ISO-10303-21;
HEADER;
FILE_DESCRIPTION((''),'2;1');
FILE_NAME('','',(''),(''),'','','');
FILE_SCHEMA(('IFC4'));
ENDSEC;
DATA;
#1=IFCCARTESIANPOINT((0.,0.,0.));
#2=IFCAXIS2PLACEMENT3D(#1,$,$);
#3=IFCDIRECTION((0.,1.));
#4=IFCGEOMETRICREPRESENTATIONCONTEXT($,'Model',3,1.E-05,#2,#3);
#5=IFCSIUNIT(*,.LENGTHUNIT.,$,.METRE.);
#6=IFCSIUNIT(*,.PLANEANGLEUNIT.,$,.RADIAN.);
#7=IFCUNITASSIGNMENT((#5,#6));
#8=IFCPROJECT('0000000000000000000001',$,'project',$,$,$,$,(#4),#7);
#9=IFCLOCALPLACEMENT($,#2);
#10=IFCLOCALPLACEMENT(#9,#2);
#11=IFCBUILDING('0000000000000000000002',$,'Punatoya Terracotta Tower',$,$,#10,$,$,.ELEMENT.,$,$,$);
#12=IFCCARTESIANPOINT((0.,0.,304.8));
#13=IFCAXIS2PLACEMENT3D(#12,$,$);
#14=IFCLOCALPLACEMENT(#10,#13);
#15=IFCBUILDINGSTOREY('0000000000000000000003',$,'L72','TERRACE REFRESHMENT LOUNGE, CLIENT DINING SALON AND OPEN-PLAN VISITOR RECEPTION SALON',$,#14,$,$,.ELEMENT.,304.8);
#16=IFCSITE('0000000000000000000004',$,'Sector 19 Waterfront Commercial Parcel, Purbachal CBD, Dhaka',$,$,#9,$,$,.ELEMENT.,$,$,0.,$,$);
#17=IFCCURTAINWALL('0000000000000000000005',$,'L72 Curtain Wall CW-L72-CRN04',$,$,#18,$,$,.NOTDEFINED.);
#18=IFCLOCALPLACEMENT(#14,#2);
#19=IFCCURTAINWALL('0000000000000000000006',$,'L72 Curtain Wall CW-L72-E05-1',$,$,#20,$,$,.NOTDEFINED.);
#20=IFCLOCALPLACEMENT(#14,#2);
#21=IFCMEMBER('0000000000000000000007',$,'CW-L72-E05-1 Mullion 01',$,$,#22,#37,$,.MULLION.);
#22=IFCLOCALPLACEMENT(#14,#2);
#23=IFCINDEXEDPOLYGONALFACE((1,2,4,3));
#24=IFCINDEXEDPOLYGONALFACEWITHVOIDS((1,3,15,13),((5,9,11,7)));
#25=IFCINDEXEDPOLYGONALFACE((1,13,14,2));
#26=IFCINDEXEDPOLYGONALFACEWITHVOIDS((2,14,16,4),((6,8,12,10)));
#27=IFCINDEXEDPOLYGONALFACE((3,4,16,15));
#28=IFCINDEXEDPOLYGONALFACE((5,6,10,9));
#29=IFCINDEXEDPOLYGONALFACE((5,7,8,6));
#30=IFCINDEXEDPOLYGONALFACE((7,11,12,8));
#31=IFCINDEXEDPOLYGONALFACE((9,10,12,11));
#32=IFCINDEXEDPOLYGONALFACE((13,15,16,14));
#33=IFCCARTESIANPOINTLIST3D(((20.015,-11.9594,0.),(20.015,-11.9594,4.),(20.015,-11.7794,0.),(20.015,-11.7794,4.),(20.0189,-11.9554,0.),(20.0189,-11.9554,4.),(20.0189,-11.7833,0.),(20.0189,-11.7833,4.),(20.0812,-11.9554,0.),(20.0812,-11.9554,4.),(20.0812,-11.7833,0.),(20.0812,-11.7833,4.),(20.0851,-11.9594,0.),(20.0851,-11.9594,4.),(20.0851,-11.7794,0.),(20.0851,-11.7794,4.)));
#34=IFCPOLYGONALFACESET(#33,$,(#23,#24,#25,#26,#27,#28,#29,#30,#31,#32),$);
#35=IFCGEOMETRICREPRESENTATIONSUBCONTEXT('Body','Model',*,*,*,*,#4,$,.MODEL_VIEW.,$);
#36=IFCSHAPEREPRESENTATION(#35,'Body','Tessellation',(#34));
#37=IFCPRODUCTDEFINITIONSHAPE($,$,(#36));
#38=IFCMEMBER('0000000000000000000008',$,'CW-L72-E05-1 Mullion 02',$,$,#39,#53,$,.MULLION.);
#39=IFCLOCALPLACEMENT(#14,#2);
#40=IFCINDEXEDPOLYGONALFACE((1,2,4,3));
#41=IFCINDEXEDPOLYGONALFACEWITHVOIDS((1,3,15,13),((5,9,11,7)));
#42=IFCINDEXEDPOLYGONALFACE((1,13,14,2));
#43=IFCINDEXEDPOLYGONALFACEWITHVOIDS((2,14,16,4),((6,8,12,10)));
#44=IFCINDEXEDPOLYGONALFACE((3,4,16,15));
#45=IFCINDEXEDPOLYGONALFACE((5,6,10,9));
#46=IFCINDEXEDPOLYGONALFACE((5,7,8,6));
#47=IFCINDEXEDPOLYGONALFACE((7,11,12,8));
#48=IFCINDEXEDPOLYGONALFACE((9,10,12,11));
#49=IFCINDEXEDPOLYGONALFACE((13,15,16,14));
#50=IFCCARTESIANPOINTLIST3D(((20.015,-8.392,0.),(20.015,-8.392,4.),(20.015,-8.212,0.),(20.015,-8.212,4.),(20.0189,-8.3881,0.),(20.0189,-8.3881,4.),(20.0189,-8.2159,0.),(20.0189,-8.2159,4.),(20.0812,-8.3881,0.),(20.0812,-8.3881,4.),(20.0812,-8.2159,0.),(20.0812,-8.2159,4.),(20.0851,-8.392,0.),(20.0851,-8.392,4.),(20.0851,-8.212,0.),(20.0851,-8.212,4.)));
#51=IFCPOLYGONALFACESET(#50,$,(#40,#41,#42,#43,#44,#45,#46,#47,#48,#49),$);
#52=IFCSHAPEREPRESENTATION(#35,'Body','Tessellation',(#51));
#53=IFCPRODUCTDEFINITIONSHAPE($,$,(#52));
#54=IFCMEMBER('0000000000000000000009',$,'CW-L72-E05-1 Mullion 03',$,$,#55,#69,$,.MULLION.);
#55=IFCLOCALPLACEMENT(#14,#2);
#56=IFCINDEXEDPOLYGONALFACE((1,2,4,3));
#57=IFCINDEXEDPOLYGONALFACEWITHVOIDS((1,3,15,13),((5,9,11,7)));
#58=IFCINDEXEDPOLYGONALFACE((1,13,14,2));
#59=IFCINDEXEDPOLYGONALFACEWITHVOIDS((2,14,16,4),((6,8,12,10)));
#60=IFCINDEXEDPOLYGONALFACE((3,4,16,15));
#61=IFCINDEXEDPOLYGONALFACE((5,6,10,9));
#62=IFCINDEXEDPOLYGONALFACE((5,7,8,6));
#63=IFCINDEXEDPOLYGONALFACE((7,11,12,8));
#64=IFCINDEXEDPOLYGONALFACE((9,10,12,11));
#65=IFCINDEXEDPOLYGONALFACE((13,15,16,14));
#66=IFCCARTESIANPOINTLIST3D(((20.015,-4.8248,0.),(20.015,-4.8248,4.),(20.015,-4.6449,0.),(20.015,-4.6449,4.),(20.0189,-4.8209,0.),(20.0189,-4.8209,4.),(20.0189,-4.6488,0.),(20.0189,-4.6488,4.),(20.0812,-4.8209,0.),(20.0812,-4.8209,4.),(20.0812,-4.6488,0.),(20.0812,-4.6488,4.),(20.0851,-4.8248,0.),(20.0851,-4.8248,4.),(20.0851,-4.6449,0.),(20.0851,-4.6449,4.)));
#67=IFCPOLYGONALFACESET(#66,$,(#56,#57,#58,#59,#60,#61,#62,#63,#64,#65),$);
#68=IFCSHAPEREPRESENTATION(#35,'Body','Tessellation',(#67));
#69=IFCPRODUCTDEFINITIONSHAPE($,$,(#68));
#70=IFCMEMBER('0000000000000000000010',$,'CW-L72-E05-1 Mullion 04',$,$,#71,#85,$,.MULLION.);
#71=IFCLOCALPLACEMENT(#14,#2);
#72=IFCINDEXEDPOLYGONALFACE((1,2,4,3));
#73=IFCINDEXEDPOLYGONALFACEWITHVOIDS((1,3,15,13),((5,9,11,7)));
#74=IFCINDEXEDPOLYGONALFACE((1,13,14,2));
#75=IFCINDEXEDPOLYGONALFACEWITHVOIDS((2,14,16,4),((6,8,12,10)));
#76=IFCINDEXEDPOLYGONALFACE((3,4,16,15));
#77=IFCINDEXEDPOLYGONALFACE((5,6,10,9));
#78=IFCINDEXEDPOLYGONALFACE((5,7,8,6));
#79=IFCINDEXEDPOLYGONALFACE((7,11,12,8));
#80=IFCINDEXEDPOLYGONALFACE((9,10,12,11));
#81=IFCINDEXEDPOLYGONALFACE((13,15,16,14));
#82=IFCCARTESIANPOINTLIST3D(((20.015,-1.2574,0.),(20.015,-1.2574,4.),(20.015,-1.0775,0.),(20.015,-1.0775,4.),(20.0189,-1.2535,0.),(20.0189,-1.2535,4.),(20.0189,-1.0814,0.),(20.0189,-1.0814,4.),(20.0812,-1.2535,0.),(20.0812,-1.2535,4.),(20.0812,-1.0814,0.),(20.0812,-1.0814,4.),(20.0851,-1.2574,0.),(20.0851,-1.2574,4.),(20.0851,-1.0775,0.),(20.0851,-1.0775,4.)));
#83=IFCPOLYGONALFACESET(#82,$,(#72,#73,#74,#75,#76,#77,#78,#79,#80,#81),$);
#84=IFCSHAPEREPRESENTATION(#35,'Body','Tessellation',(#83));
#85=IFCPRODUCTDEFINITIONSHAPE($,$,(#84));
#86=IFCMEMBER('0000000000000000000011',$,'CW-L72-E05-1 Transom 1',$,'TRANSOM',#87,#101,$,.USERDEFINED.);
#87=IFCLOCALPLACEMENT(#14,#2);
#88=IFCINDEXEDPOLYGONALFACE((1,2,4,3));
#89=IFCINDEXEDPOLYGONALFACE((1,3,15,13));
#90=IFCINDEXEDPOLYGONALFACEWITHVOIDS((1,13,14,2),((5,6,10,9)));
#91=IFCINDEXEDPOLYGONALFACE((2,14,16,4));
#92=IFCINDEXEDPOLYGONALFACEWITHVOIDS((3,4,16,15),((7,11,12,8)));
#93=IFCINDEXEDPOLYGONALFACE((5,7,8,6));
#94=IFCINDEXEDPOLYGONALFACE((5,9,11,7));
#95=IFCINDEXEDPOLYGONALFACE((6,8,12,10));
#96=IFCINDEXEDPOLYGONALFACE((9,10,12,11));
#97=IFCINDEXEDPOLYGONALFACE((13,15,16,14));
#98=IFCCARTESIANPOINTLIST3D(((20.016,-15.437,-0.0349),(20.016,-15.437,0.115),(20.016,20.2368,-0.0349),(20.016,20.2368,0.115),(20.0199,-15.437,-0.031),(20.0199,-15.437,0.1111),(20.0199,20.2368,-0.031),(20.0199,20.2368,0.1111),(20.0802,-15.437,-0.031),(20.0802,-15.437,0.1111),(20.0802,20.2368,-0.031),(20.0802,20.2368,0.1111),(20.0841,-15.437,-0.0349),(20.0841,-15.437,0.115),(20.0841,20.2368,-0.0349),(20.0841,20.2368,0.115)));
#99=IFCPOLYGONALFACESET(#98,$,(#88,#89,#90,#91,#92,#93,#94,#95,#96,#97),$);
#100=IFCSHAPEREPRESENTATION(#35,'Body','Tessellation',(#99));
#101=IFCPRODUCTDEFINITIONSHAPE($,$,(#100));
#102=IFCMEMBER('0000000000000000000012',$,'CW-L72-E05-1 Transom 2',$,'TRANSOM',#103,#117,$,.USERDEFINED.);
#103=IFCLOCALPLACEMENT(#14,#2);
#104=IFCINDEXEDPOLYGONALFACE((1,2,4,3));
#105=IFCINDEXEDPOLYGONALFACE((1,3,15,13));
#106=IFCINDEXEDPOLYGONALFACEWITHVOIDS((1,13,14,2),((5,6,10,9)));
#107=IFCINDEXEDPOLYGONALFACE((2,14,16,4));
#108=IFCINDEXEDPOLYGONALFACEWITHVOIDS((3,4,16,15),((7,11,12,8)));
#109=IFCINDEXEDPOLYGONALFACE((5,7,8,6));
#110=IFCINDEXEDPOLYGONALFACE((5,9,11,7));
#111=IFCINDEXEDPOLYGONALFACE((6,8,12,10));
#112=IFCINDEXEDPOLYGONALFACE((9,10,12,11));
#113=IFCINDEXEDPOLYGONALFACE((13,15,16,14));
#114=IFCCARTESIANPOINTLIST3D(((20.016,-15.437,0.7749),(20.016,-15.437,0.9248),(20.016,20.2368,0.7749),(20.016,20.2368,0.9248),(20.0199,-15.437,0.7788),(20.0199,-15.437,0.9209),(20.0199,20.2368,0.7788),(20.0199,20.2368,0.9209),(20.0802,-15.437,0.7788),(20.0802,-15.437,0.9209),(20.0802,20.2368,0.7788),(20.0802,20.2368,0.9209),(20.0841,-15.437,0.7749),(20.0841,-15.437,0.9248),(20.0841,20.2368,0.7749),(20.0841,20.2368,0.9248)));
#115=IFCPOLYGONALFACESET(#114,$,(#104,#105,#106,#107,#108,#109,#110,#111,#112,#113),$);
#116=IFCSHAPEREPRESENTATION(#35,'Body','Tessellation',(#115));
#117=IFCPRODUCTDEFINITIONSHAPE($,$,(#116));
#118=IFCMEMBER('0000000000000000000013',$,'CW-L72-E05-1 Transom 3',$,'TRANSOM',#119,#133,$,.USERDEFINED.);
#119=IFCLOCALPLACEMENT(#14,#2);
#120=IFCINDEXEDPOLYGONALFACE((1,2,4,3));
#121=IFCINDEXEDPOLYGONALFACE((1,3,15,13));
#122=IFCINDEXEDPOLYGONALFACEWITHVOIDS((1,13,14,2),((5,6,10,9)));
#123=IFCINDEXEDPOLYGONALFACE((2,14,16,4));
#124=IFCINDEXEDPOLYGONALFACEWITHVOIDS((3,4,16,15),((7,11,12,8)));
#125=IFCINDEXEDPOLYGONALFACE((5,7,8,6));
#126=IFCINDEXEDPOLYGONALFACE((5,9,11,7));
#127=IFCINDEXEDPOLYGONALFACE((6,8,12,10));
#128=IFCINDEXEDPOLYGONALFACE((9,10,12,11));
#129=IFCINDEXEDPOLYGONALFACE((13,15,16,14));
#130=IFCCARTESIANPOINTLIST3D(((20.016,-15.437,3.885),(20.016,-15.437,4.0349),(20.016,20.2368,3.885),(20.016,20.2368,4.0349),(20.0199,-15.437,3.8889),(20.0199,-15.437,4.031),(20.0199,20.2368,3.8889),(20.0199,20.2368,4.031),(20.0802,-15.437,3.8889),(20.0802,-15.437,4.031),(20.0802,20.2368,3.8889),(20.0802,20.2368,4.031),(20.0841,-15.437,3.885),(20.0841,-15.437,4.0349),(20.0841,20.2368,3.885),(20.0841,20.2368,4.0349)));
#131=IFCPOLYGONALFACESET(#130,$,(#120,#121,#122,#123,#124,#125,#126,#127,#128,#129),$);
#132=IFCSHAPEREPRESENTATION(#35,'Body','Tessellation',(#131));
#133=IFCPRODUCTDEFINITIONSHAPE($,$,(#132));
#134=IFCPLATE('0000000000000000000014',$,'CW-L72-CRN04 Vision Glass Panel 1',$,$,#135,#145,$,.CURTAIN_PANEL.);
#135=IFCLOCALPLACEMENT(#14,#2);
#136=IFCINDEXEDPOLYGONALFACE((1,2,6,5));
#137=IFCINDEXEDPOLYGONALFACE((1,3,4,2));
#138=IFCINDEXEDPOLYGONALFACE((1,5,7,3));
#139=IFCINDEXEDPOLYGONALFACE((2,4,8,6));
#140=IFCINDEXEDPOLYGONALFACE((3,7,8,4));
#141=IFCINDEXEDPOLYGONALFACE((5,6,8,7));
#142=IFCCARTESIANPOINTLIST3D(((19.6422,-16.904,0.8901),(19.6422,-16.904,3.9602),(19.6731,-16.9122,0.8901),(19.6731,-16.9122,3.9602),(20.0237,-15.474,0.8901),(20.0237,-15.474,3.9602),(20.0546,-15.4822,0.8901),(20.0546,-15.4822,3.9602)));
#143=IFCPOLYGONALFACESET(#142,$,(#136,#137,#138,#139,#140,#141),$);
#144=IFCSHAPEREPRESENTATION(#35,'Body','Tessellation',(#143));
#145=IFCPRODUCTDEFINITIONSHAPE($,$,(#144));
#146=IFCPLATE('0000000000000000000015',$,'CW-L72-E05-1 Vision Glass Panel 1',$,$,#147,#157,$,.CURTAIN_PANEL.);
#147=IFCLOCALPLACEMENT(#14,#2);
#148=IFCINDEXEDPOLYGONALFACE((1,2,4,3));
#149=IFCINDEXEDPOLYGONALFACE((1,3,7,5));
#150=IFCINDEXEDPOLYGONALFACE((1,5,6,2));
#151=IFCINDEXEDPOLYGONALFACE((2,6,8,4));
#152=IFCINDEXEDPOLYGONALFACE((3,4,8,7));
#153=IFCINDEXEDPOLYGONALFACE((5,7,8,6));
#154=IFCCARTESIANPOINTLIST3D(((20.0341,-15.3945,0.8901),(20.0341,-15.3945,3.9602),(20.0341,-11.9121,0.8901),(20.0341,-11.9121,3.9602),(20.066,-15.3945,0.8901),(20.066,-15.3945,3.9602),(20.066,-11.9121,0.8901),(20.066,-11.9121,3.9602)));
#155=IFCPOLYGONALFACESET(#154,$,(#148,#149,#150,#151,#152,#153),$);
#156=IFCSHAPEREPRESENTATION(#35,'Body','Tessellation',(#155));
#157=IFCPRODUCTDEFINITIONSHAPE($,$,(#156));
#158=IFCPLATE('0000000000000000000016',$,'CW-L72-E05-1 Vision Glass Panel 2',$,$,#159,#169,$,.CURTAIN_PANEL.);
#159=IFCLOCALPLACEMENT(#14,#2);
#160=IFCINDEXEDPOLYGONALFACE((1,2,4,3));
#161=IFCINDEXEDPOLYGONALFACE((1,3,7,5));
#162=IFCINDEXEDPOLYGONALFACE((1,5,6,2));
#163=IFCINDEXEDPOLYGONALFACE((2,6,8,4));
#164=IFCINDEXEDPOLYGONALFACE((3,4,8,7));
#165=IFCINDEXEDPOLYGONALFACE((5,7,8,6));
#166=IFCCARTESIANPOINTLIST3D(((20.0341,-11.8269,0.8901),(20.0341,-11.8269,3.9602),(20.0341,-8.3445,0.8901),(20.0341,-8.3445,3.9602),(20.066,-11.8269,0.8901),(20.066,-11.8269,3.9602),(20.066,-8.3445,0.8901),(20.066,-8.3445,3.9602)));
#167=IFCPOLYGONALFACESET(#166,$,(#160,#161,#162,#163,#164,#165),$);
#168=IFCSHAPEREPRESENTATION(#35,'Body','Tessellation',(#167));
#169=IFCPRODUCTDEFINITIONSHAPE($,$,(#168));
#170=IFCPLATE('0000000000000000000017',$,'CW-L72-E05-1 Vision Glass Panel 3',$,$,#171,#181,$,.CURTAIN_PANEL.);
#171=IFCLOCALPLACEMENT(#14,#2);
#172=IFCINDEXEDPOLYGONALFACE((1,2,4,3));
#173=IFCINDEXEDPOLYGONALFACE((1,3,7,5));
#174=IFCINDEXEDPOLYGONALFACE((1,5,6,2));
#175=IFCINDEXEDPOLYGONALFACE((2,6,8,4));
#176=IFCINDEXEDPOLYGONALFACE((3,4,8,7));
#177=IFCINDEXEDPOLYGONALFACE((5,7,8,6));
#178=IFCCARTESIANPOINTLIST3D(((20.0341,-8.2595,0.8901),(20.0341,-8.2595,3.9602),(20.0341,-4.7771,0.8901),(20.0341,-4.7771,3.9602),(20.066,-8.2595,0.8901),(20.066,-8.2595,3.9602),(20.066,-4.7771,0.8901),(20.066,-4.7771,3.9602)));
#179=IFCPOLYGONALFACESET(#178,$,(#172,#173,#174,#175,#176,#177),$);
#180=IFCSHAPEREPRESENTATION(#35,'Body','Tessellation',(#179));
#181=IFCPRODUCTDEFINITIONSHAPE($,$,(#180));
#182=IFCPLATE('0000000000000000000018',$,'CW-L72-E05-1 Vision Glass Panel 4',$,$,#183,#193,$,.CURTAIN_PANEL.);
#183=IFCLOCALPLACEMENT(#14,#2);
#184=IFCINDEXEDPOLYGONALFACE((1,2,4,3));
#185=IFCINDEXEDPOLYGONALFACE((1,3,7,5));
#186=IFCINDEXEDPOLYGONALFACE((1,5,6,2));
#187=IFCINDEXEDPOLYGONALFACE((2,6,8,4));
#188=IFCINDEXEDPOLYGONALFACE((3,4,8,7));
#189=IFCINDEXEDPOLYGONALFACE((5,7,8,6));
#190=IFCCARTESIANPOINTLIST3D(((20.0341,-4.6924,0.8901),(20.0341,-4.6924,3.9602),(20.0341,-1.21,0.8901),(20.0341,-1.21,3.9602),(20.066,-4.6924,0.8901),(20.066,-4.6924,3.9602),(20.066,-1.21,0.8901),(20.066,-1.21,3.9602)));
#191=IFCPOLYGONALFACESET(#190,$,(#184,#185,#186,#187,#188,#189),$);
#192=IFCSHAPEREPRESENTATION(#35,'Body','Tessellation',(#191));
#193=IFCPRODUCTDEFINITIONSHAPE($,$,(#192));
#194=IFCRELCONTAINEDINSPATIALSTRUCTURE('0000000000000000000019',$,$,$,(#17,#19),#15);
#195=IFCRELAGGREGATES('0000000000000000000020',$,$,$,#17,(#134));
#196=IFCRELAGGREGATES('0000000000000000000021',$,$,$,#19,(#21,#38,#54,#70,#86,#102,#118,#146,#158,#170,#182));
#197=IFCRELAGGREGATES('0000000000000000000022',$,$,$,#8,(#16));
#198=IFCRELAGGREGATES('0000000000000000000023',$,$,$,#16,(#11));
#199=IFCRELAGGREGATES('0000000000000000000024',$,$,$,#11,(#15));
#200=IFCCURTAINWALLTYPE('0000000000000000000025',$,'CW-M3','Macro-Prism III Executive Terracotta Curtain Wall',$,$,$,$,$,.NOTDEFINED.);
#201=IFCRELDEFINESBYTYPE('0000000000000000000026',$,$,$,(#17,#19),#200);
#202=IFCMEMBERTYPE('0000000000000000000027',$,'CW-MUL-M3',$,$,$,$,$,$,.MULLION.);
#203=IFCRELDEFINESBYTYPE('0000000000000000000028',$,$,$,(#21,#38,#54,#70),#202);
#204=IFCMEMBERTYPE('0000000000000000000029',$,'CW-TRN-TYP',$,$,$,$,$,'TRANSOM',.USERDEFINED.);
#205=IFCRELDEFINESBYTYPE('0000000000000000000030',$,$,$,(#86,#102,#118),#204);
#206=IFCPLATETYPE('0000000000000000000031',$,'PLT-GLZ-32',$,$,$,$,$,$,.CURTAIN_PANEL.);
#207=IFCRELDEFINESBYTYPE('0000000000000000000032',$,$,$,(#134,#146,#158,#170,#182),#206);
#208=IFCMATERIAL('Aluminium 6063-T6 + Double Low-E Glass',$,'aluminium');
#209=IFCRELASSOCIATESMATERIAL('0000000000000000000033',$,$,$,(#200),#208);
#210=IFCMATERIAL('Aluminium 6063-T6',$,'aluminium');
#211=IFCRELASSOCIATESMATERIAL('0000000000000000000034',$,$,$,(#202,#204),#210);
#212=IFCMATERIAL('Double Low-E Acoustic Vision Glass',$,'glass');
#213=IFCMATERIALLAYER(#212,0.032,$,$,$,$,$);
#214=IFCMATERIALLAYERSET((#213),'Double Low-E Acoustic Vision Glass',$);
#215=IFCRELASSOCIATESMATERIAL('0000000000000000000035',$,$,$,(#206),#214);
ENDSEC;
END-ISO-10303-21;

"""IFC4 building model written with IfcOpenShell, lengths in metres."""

from ifc_helpers import new_model, si_unit, direction, frame, origin, origin_2d, place, context, subcontext, project, spatial, rectangle, hollow_rectangle, extrude, material, layer, layer_set, material_profile, profile_set, type_object, element, aggregate, save


model = new_model("IFC4")

# Units and contexts
model_context = context("Model", 3, precision=1e-05, world=origin(), true_north=direction((0.0, 1.0)))
body_context = subcontext(model_context, "Body", "Model", "MODEL_VIEW")
ifc_project = project(units=[si_unit("LENGTHUNIT", "METRE"), si_unit("PLANEANGLEUNIT", "RADIAN")], contexts=[model_context])

# Site, building, storey
site_placement = place(None, origin())
site = spatial("IfcSite", under=ifc_project, at=site_placement, Name="Sector 19 Waterfront Commercial Parcel, Purbachal CBD, Dhaka", CompositionType="ELEMENT", RefElevation=0.0)
building_placement = place(site_placement, origin())
building = spatial("IfcBuilding", under=site, at=building_placement, Name="Punatoya Terracotta Tower", CompositionType="ELEMENT")
storey_placement = place(building_placement, frame((0.0, 0.0, 304.8)))
storey = spatial("IfcBuildingStorey", under=building, at=storey_placement, Name="L72", Description="TERRACE REFRESHMENT LOUNGE, CLIENT DINING SALON AND OPEN-PLAN VISITOR RECEPTION SALON", CompositionType="ELEMENT", Elevation=304.8)

# Curtain wall
ifc_material_1 = material(Name="Aluminium 6063-T6 + Double Low-E Glass", Category="aluminium")
curtain_wall_type = type_object("IfcCurtainWallType", Name="CW-M3", Description="Macro-Prism III Executive Terracotta Curtain Wall", PredefinedType="NOTDEFINED", material=ifc_material_1)
curtain_wall_1_placement = place(storey_placement, origin())
curtain_wall_1 = element("IfcCurtainWall", 1, at=curtain_wall_1_placement, inside=storey, type_object=curtain_wall_type, Name="L72 Curtain Wall CW-L72-CRN04", PredefinedType="NOTDEFINED")
ifc_material_2 = material(Name="Aluminium 6063-T6", Category="aluminium")
ifc_material_profile_1 = material_profile(ifc_material_2, hollow_rectangle(XDim=0.0701, YDim=0.1799, WallThickness=0.0039, at=origin_2d()))
ifc_profile_set_1 = profile_set([ifc_material_profile_1], Name="Aluminium 6063-T6")
member_type_1 = type_object("IfcMemberType", Name="CW-MUL-M3", PredefinedType="MULLION", material=ifc_profile_set_1)

# Curtain wall, members
curtain_wall_2_placement = place(storey_placement, origin())
curtain_wall_2 = element("IfcCurtainWall", 2, at=curtain_wall_2_placement, inside=storey, type_object=curtain_wall_type, Name="L72 Curtain Wall CW-L72-E05-1", PredefinedType="NOTDEFINED")
member_1_placement = place(storey_placement, frame((20.05, -11.8694, 0.0), z_axis=(0.0, 0.0, 1.0), x_axis=(1.0, 0.0, 0.0)))
member_1 = element("IfcMember", 3, at=member_1_placement, type_object=member_type_1, Name="CW-L72-E05-1 Mullion 01", PredefinedType="MULLION", context=body_context, shape_type="SweptSolid", body=[
    extrude(hollow_rectangle(XDim=0.0701, YDim=0.1799, WallThickness=0.0039, at=origin_2d()), origin(), (0.0, 0.0, 1.0), 4.0),
])
member_2_placement = place(storey_placement, frame((20.05, -8.302, 0.0), z_axis=(0.0, 0.0, 1.0), x_axis=(1.0, 0.0, 0.0)))
member_2 = element("IfcMember", 4, at=member_2_placement, type_object=member_type_1, Name="CW-L72-E05-1 Mullion 02", PredefinedType="MULLION", context=body_context, shape_type="SweptSolid", body=[
    extrude(hollow_rectangle(XDim=0.0701, YDim=0.1799, WallThickness=0.0039, at=origin_2d()), origin(), (0.0, 0.0, 1.0), 4.0),
])
member_3_placement = place(storey_placement, frame((20.05, -4.7349, 0.0), z_axis=(0.0, 0.0, 1.0), x_axis=(1.0, 0.0, 0.0)))
member_3 = element("IfcMember", 5, at=member_3_placement, type_object=member_type_1, Name="CW-L72-E05-1 Mullion 03", PredefinedType="MULLION", context=body_context, shape_type="SweptSolid", body=[
    extrude(hollow_rectangle(XDim=0.0701, YDim=0.1799, WallThickness=0.0039, at=origin_2d()), origin(), (0.0, 0.0, 1.0), 4.0),
])
member_4_placement = place(storey_placement, frame((20.05, -1.1675, 0.0), z_axis=(0.0, 0.0, 1.0), x_axis=(1.0, 0.0, 0.0)))
member_4 = element("IfcMember", 6, at=member_4_placement, type_object=member_type_1, Name="CW-L72-E05-1 Mullion 04", PredefinedType="MULLION", context=body_context, shape_type="SweptSolid", body=[
    extrude(hollow_rectangle(XDim=0.0701, YDim=0.1799, WallThickness=0.0039, at=origin_2d()), origin(), (0.0, 0.0, 1.0), 4.0),
])
ifc_material_profile_2 = material_profile(ifc_material_2, hollow_rectangle(XDim=0.0681, YDim=0.1499, WallThickness=0.0039, at=origin_2d()))
ifc_profile_set_2 = profile_set([ifc_material_profile_2], Name="Aluminium 6063-T6")
member_type_2 = type_object("IfcMemberType", Name="CW-TRN-TYP", ElementType="TRANSOM", PredefinedType="USERDEFINED", material=ifc_profile_set_2)
member_5_placement = place(storey_placement, frame((20.05, -15.437, 0.04), z_axis=(0.0, 1.0, 0.0), x_axis=(-1.0, 0.0, 0.0)))
member_5 = element("IfcMember", 7, at=member_5_placement, type_object=member_type_2, Name="CW-L72-E05-1 Transom 1", ObjectType="TRANSOM", PredefinedType="USERDEFINED", context=body_context, shape_type="SweptSolid", body=[
    extrude(hollow_rectangle(XDim=0.0681, YDim=0.1499, WallThickness=0.0039, at=origin_2d()), origin(), (0.0, 0.0, 1.0), 35.6738),
])
member_6_placement = place(storey_placement, frame((20.05, -15.437, 0.8499), z_axis=(0.0, 1.0, 0.0), x_axis=(-1.0, 0.0, 0.0)))
member_6 = element("IfcMember", 8, at=member_6_placement, type_object=member_type_2, Name="CW-L72-E05-1 Transom 2", ObjectType="TRANSOM", PredefinedType="USERDEFINED", context=body_context, shape_type="SweptSolid", body=[
    extrude(hollow_rectangle(XDim=0.0681, YDim=0.1499, WallThickness=0.0039, at=origin_2d()), origin(), (0.0, 0.0, 1.0), 35.6738),
])
member_7_placement = place(storey_placement, frame((20.05, -15.437, 3.96), z_axis=(0.0, 1.0, 0.0), x_axis=(-1.0, 0.0, 0.0)))
member_7 = element("IfcMember", 9, at=member_7_placement, type_object=member_type_2, Name="CW-L72-E05-1 Transom 3", ObjectType="TRANSOM", PredefinedType="USERDEFINED", context=body_context, shape_type="SweptSolid", body=[
    extrude(hollow_rectangle(XDim=0.0681, YDim=0.1499, WallThickness=0.0039, at=origin_2d()), origin(), (0.0, 0.0, 1.0), 35.6738),
])

# Plates
ifc_material_3 = material(Name="Double Low-E Acoustic Vision Glass", Category="glass")
ifc_layer_1 = layer(ifc_material_3, 0.032)
ifc_layer_set_1 = layer_set([ifc_layer_1], Name="Double Low-E Acoustic Vision Glass")
plate_type_1 = type_object("IfcPlateType", Name="PLT-GLZ-32", PredefinedType="CURTAIN_PANEL", material=ifc_layer_set_1)
plate_1_placement = place(storey_placement, frame((19.8484, -16.1931, 0.8901), z_axis=(0.0, 0.0, 1.0), x_axis=(0.257742, 0.966214, 0.0)))
plate_1 = element("IfcPlate", 10, at=plate_1_placement, type_object=plate_type_1, Name="CW-L72-CRN04 Vision Glass Panel 1", PredefinedType="CURTAIN_PANEL", context=body_context, shape_type="SweptSolid", body=[
    extrude(rectangle(XDim=1.48, YDim=0.032, at=origin_2d()), origin(), (0.0, 0.0, 1.0), 3.0701),
])
aggregate(curtain_wall_1, [plate_1])
plate_2_placement = place(storey_placement, frame((20.05, -13.6533, 0.8901), z_axis=(0.0, 0.0, 1.0), x_axis=(0.0, 1.0, 0.0)))
plate_2 = element("IfcPlate", 11, at=plate_2_placement, type_object=plate_type_1, Name="CW-L72-E05-1 Vision Glass Panel 1", PredefinedType="CURTAIN_PANEL", context=body_context, shape_type="SweptSolid", body=[
    extrude(rectangle(XDim=3.4824, YDim=0.032, at=origin_2d()), origin(), (0.0, 0.0, 1.0), 3.0701),
])
plate_3_placement = place(storey_placement, frame((20.05, -10.0857, 0.8901), z_axis=(0.0, 0.0, 1.0), x_axis=(0.0, 1.0, 0.0)))
plate_3 = element("IfcPlate", 12, at=plate_3_placement, type_object=plate_type_1, Name="CW-L72-E05-1 Vision Glass Panel 2", PredefinedType="CURTAIN_PANEL", context=body_context, shape_type="SweptSolid", body=[
    extrude(rectangle(XDim=3.4824, YDim=0.032, at=origin_2d()), origin(), (0.0, 0.0, 1.0), 3.0701),
])
plate_4_placement = place(storey_placement, frame((20.05, -6.5183, 0.8901), z_axis=(0.0, 0.0, 1.0), x_axis=(0.0, 1.0, 0.0)))
plate_4 = element("IfcPlate", 13, at=plate_4_placement, type_object=plate_type_1, Name="CW-L72-E05-1 Vision Glass Panel 3", PredefinedType="CURTAIN_PANEL", context=body_context, shape_type="SweptSolid", body=[
    extrude(rectangle(XDim=3.4824, YDim=0.032, at=origin_2d()), origin(), (0.0, 0.0, 1.0), 3.0701),
])
plate_5_placement = place(storey_placement, frame((20.05, -2.9512, 0.8901), z_axis=(0.0, 0.0, 1.0), x_axis=(0.0, 1.0, 0.0)))
plate_5 = element("IfcPlate", 14, at=plate_5_placement, type_object=plate_type_1, Name="CW-L72-E05-1 Vision Glass Panel 4", PredefinedType="CURTAIN_PANEL", context=body_context, shape_type="SweptSolid", body=[
    extrude(rectangle(XDim=3.4824, YDim=0.032, at=origin_2d()), origin(), (0.0, 0.0, 1.0), 3.0701),
])
aggregate(curtain_wall_2, [member_1, member_2, member_3, member_4, member_5, member_6, member_7, plate_2, plate_3, plate_4, plate_5])

save(model, "model.ifc")
